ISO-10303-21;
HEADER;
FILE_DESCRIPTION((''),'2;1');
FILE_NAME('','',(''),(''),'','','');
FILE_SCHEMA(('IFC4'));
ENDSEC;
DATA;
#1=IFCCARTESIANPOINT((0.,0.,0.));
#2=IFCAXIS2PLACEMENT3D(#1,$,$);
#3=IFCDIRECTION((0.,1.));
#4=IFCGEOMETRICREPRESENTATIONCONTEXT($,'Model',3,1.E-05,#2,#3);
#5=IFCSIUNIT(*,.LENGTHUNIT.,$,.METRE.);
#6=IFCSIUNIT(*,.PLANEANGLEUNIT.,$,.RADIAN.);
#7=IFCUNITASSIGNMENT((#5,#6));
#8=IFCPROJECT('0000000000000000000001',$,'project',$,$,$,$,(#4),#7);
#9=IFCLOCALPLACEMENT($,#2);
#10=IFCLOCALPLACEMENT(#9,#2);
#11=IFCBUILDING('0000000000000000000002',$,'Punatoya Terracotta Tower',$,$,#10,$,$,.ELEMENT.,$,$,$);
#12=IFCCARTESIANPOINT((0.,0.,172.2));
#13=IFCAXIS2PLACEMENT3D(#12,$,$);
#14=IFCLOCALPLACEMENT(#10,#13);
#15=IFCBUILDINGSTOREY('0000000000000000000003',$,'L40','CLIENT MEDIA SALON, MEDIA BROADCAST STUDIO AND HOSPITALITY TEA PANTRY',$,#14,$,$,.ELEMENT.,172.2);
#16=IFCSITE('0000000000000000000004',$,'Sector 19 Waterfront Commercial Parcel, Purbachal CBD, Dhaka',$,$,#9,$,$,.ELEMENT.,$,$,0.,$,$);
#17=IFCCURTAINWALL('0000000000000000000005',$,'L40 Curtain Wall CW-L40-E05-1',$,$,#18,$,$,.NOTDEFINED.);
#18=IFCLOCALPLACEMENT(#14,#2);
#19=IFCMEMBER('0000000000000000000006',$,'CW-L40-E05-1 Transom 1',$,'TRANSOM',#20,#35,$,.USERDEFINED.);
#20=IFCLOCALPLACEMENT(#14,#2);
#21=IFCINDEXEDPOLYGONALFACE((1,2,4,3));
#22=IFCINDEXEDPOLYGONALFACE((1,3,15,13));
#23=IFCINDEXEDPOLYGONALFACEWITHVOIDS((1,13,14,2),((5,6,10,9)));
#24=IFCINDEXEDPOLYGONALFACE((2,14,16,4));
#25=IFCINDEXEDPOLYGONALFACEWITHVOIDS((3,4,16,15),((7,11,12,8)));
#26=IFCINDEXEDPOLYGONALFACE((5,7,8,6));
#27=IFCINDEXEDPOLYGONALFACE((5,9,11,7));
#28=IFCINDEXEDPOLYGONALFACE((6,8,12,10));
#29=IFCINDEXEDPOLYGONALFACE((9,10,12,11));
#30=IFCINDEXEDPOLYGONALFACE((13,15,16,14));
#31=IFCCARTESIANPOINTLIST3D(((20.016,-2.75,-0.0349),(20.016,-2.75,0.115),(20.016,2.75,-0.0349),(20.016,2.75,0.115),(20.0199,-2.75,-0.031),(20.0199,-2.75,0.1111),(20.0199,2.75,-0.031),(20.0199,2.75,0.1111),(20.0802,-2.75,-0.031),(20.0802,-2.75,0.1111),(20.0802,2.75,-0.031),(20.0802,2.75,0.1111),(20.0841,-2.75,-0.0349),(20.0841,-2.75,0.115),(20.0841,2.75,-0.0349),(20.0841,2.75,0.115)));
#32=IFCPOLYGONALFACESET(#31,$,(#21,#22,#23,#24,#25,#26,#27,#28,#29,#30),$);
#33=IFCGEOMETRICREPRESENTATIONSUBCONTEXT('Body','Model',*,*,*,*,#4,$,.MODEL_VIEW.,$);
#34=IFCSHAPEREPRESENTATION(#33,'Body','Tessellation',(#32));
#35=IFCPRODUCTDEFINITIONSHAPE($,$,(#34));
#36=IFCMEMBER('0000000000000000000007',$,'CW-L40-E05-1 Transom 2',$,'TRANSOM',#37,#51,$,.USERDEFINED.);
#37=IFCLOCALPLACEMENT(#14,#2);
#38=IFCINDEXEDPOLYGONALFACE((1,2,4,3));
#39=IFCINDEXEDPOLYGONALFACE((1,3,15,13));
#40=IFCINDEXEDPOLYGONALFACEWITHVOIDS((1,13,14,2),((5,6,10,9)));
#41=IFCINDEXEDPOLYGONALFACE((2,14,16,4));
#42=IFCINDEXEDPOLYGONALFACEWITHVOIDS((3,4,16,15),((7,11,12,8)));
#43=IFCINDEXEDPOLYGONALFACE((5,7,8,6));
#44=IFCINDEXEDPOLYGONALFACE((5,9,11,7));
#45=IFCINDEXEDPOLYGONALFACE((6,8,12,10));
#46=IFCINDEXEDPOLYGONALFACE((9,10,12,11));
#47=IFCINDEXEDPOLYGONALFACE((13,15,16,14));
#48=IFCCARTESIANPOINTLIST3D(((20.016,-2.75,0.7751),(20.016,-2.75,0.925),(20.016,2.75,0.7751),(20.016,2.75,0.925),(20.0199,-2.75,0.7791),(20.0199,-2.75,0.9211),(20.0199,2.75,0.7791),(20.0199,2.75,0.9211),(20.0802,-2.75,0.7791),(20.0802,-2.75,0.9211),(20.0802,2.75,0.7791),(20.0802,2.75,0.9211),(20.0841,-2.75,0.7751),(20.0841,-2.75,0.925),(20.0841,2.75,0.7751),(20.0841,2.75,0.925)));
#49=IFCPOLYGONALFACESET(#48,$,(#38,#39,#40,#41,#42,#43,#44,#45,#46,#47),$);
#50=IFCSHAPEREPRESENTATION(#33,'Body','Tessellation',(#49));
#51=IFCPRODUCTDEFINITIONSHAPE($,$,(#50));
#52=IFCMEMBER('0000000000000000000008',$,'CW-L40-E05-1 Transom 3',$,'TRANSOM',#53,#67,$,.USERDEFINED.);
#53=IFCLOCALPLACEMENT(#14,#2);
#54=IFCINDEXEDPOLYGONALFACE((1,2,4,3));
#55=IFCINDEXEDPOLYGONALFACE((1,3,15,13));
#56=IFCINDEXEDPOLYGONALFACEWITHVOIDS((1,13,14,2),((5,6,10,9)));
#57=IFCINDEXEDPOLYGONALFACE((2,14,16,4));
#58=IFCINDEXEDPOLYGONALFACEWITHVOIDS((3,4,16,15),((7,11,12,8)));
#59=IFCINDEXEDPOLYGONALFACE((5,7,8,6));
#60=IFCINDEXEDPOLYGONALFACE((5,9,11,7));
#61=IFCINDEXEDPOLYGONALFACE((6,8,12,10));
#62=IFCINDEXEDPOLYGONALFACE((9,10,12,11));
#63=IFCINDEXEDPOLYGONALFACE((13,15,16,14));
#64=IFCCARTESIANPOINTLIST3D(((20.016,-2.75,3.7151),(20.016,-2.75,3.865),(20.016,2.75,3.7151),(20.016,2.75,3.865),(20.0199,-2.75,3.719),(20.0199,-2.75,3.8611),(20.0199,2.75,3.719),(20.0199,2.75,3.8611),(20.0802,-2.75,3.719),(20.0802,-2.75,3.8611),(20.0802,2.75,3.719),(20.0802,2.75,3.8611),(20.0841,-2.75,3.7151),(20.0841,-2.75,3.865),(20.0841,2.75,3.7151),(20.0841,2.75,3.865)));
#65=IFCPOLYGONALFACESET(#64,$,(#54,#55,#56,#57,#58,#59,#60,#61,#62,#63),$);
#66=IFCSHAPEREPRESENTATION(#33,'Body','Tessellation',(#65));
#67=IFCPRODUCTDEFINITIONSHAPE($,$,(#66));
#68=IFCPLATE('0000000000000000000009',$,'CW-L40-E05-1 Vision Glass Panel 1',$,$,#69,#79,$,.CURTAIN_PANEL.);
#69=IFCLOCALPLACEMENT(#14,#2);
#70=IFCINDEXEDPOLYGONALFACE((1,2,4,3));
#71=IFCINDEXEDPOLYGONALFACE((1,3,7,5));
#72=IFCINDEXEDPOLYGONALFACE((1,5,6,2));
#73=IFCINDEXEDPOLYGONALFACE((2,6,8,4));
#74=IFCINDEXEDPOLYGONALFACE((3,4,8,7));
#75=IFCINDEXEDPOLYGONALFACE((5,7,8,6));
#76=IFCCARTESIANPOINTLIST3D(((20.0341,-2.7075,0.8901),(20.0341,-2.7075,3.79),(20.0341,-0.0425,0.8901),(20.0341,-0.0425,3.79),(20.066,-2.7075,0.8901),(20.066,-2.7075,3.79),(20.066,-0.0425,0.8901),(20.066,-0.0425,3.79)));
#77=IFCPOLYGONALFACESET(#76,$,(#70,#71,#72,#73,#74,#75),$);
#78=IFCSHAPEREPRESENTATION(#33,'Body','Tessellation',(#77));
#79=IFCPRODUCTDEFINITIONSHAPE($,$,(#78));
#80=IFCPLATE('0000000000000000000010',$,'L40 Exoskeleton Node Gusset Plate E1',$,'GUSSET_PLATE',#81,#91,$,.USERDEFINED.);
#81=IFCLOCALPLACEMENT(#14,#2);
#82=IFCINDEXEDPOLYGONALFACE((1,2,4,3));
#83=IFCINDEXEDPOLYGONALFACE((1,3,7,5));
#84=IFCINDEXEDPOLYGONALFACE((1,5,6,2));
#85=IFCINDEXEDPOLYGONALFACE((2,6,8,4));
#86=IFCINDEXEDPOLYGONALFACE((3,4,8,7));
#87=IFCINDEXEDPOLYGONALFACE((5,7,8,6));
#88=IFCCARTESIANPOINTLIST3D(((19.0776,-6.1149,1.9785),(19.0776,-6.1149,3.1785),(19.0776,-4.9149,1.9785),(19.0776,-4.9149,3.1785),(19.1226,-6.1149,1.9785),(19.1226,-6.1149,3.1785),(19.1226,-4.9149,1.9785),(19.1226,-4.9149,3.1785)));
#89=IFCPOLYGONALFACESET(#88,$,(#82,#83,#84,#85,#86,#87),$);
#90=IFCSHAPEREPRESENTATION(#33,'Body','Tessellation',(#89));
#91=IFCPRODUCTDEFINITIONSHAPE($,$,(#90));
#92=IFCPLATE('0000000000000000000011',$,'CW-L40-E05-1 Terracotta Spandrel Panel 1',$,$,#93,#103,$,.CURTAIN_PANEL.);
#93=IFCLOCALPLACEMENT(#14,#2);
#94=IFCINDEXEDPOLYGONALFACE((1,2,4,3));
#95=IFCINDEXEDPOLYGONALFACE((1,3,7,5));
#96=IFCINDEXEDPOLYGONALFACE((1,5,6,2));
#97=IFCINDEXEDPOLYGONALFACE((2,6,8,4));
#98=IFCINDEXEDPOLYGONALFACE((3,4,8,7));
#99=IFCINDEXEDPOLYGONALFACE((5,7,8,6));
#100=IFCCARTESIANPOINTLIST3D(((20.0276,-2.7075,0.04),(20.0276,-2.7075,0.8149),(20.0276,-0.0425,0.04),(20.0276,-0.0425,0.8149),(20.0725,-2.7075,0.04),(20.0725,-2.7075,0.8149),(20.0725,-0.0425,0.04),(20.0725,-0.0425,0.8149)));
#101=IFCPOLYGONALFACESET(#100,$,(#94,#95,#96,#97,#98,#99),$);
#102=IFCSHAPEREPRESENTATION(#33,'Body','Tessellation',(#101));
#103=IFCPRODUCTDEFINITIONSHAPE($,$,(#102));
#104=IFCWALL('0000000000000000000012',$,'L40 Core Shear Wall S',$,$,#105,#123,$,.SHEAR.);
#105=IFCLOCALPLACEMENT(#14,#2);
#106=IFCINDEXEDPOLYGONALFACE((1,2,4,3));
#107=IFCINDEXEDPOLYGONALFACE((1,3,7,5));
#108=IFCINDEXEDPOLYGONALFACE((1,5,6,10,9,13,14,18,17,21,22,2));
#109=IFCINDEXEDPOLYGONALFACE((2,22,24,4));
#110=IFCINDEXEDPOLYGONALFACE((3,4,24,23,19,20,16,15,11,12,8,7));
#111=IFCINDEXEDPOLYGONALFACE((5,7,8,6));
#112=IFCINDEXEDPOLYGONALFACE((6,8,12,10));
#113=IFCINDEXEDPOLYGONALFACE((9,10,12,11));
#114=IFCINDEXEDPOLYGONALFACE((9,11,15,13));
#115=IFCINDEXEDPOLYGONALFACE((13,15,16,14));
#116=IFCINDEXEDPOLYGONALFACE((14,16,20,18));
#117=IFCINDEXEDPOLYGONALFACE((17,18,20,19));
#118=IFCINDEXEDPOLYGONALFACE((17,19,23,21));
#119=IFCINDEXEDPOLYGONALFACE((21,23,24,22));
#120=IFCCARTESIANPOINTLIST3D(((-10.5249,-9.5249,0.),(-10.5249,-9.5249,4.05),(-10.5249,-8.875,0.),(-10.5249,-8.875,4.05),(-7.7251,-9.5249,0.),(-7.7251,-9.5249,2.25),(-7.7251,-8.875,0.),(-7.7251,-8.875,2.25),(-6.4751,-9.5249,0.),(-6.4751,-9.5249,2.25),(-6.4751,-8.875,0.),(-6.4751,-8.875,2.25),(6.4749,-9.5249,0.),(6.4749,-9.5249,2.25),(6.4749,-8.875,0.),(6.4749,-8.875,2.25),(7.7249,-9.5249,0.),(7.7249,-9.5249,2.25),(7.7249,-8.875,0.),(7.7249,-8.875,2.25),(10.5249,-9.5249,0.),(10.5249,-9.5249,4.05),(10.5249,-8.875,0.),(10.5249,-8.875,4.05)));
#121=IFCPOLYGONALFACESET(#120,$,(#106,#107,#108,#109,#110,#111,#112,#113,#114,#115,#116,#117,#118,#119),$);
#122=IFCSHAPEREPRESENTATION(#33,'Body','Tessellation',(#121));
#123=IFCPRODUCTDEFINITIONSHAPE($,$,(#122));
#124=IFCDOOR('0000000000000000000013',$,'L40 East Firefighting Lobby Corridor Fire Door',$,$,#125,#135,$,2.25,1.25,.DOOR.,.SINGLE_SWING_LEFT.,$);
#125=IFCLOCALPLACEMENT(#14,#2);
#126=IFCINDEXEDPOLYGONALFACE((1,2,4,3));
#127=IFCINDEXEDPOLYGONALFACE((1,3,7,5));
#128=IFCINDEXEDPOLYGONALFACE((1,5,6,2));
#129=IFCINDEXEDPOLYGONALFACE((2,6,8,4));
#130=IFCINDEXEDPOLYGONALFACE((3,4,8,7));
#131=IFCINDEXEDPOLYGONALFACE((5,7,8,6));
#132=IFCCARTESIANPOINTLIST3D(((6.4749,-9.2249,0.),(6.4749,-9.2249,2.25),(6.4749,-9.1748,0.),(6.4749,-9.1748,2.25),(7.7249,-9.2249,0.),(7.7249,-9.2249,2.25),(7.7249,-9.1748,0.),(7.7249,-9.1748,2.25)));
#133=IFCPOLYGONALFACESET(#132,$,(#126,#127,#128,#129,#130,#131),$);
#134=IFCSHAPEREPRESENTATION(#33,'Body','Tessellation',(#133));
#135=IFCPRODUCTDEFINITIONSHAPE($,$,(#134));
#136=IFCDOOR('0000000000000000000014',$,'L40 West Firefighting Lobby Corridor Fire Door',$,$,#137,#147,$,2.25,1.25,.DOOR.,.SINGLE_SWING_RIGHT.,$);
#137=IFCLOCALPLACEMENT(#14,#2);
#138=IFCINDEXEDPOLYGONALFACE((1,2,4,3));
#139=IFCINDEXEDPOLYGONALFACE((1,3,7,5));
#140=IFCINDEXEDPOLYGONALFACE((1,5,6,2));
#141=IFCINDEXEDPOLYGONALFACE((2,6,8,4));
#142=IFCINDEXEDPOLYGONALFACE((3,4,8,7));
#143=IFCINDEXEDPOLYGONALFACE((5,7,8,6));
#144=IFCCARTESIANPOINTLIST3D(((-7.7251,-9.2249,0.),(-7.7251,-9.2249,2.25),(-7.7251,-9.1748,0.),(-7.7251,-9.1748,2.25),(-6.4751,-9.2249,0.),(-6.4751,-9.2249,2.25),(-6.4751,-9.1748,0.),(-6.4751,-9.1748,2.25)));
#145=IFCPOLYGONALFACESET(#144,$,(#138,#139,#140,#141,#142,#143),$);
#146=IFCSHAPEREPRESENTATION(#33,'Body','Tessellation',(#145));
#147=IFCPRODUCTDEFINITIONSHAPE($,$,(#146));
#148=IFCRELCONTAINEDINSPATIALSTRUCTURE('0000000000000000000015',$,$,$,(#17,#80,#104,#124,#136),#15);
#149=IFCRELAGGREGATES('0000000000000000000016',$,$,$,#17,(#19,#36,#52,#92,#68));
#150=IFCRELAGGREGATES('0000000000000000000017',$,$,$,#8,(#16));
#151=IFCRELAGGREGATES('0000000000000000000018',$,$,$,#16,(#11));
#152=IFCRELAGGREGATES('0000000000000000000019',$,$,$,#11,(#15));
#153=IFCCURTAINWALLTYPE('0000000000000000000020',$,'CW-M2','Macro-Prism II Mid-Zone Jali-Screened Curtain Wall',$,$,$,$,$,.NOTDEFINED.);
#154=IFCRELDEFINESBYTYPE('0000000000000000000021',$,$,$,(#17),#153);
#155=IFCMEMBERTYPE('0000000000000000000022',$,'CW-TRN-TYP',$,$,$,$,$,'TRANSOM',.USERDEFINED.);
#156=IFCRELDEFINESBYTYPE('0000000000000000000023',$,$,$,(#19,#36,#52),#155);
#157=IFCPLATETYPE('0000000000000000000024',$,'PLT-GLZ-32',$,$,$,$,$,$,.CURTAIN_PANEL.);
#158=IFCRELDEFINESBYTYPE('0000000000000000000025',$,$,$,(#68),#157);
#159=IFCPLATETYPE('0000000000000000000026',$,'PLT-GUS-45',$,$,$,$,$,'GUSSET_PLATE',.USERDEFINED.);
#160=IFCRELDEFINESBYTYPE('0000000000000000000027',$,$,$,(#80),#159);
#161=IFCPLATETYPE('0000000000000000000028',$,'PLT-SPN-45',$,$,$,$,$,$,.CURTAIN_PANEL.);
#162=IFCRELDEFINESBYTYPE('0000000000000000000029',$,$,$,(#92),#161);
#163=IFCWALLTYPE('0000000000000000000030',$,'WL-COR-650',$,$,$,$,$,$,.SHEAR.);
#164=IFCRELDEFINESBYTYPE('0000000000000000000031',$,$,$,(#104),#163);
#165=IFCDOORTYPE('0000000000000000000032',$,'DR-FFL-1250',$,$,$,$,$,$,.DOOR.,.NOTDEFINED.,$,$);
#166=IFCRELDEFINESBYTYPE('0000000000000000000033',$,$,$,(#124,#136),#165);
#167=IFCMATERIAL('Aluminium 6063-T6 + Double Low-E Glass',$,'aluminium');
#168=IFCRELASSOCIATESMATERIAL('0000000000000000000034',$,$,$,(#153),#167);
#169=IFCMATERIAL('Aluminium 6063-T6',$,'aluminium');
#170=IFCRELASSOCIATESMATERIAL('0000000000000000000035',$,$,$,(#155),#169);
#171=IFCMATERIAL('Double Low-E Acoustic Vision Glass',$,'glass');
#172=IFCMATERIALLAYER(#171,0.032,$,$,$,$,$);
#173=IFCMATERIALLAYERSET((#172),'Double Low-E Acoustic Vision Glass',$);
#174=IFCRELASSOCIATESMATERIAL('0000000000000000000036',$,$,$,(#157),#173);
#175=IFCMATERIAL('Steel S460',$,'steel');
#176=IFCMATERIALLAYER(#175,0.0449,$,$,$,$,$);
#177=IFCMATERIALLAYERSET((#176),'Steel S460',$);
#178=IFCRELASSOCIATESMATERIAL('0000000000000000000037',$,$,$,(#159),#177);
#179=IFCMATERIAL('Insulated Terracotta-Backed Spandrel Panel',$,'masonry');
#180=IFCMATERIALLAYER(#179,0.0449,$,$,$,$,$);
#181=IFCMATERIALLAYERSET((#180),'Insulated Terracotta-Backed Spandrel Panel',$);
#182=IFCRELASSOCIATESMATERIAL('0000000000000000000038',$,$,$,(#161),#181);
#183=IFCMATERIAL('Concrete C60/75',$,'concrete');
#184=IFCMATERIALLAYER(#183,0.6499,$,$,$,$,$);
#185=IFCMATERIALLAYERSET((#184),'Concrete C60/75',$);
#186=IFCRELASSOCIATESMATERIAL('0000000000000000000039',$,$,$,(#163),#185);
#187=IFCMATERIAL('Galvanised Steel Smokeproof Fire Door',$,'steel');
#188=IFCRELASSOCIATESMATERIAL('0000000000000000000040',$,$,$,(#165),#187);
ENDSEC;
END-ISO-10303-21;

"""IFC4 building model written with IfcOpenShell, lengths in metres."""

from ifc_helpers import new_model, si_unit, direction, frame, frame_2d, origin, origin_2d, place, context, subcontext, project, spatial, rectangle, hollow_rectangle, extrude, material, layer, layer_set, material_profile, profile_set, type_object, element, fill, aggregate, save


model = new_model("IFC4")

# Units and contexts
model_context = context("Model", 3, precision=1e-05, world=origin(), true_north=direction((0.0, 1.0)))
body_context = subcontext(model_context, "Body", "Model", "MODEL_VIEW")
ifc_project = project(units=[si_unit("LENGTHUNIT", "METRE"), si_unit("PLANEANGLEUNIT", "RADIAN")], contexts=[model_context])

# Site, building, storey
site_placement = place(None, origin())
site = spatial("IfcSite", under=ifc_project, at=site_placement, Name="Sector 19 Waterfront Commercial Parcel, Purbachal CBD, Dhaka", CompositionType="ELEMENT", RefElevation=0.0)
building_placement = place(site_placement, origin())
building = spatial("IfcBuilding", under=site, at=building_placement, Name="Punatoya Terracotta Tower", CompositionType="ELEMENT")
storey_placement = place(building_placement, frame((0.0, 0.0, 172.2)))
storey = spatial("IfcBuildingStorey", under=building, at=storey_placement, Name="L40", Description="CLIENT MEDIA SALON, MEDIA BROADCAST STUDIO AND HOSPITALITY TEA PANTRY", CompositionType="ELEMENT", Elevation=172.2)

# Shared definitions
ifc_material_1 = material(Name="Steel S460", Category="steel")

# Curtain wall, members, plate
ifc_material_2 = material(Name="Aluminium 6063-T6 + Double Low-E Glass", Category="aluminium")
curtain_wall_type = type_object("IfcCurtainWallType", Name="CW-M2", Description="Macro-Prism II Mid-Zone Jali-Screened Curtain Wall", PredefinedType="NOTDEFINED", material=ifc_material_2)
curtain_wall_placement = place(storey_placement, origin())
curtain_wall = element("IfcCurtainWall", 1, at=curtain_wall_placement, inside=storey, type_object=curtain_wall_type, Name="L40 Curtain Wall CW-L40-E05-1", PredefinedType="NOTDEFINED")
ifc_material_3 = material(Name="Aluminium 6063-T6", Category="aluminium")
ifc_material_profile_1 = material_profile(ifc_material_3, hollow_rectangle(XDim=0.0681, YDim=0.1499, WallThickness=0.0039, at=origin_2d()))
ifc_profile_set_1 = profile_set([ifc_material_profile_1], Name="Aluminium 6063-T6")
member_type_1 = type_object("IfcMemberType", Name="CW-TRN-TYP", ElementType="TRANSOM", PredefinedType="USERDEFINED", material=ifc_profile_set_1)
member_1_placement = place(storey_placement, frame((20.05, -2.75, 0.04), z_axis=(0.0, 1.0, 0.0), x_axis=(-1.0, 0.0, 0.0)))
member_1 = element("IfcMember", 2, at=member_1_placement, type_object=member_type_1, Name="CW-L40-E05-1 Transom 1", ObjectType="TRANSOM", PredefinedType="USERDEFINED", context=body_context, shape_type="SweptSolid", body=[
    extrude(hollow_rectangle(XDim=0.0681, YDim=0.1499, WallThickness=0.0039, at=origin_2d()), origin(), (0.0, 0.0, 1.0), 5.5),
])
member_2_placement = place(storey_placement, frame((20.05, -2.75, 0.8501), z_axis=(0.0, 1.0, 0.0), x_axis=(-1.0, 0.0, 0.0)))
member_2 = element("IfcMember", 3, at=member_2_placement, type_object=member_type_1, Name="CW-L40-E05-1 Transom 2", ObjectType="TRANSOM", PredefinedType="USERDEFINED", context=body_context, shape_type="SweptSolid", body=[
    extrude(hollow_rectangle(XDim=0.0681, YDim=0.1499, WallThickness=0.0039, at=origin_2d()), origin(), (0.0, 0.0, 1.0), 5.5),
])
member_3_placement = place(storey_placement, frame((20.05, -2.75, 3.79), z_axis=(0.0, 1.0, 0.0), x_axis=(-1.0, 0.0, 0.0)))
member_3 = element("IfcMember", 4, at=member_3_placement, type_object=member_type_1, Name="CW-L40-E05-1 Transom 3", ObjectType="TRANSOM", PredefinedType="USERDEFINED", context=body_context, shape_type="SweptSolid", body=[
    extrude(hollow_rectangle(XDim=0.0681, YDim=0.1499, WallThickness=0.0039, at=origin_2d()), origin(), (0.0, 0.0, 1.0), 5.5),
])
ifc_material_4 = material(Name="Double Low-E Acoustic Vision Glass", Category="glass")
ifc_layer_1 = layer(ifc_material_4, 0.032)
ifc_layer_set_1 = layer_set([ifc_layer_1], Name="Double Low-E Acoustic Vision Glass")
plate_type_1 = type_object("IfcPlateType", Name="PLT-GLZ-32", PredefinedType="CURTAIN_PANEL", material=ifc_layer_set_1)
plate_1_placement = place(storey_placement, frame((20.05, -1.375, 0.8901), z_axis=(0.0, 0.0, 1.0), x_axis=(0.0, 1.0, 0.0)))
plate_1 = element("IfcPlate", 5, at=plate_1_placement, type_object=plate_type_1, Name="CW-L40-E05-1 Vision Glass Panel 1", PredefinedType="CURTAIN_PANEL", context=body_context, shape_type="SweptSolid", body=[
    extrude(rectangle(XDim=2.665, YDim=0.032, at=origin_2d()), origin(), (0.0, 0.0, 1.0), 2.8999),
])

# Plates
ifc_layer_2 = layer(ifc_material_1, 0.0449)
ifc_layer_set_2 = layer_set([ifc_layer_2], Name="Steel S460")
plate_type_2 = type_object("IfcPlateType", Name="PLT-GUS-45", ElementType="GUSSET_PLATE", PredefinedType="USERDEFINED", material=ifc_layer_set_2)
plate_2_placement = place(storey_placement, frame((19.1001, -5.5149, 1.9785), z_axis=(0.0, 0.0, 1.0), x_axis=(0.0, 1.0, 0.0)))
element("IfcPlate", 6, at=plate_2_placement, inside=storey, type_object=plate_type_2, Name="L40 Exoskeleton Node Gusset Plate E1", ObjectType="GUSSET_PLATE", PredefinedType="USERDEFINED", context=body_context, shape_type="SweptSolid", body=[
    extrude(rectangle(XDim=1.2, YDim=0.0449, at=origin_2d()), origin(), (0.0, 0.0, 1.0), 1.2),
])
ifc_material_5 = material(Name="Insulated Terracotta-Backed Spandrel Panel", Category="masonry")
ifc_layer_3 = layer(ifc_material_5, 0.0449)
ifc_layer_set_3 = layer_set([ifc_layer_3], Name="Insulated Terracotta-Backed Spandrel Panel")
plate_type_3 = type_object("IfcPlateType", Name="PLT-SPN-45", PredefinedType="CURTAIN_PANEL", material=ifc_layer_set_3)
plate_3_placement = place(storey_placement, frame((20.05, -1.375, 0.04), z_axis=(0.0, 0.0, 1.0), x_axis=(0.0, 1.0, 0.0)))
plate_3 = element("IfcPlate", 7, at=plate_3_placement, type_object=plate_type_3, Name="CW-L40-E05-1 Terracotta Spandrel Panel 1", PredefinedType="CURTAIN_PANEL", context=body_context, shape_type="SweptSolid", body=[
    extrude(rectangle(XDim=2.665, YDim=0.0449, at=origin_2d()), origin(), (0.0, 0.0, 1.0), 0.7749),
])
aggregate(curtain_wall, [member_1, member_2, member_3, plate_3, plate_1])

# Wall, openings, doors
ifc_material_6 = material(Name="Concrete C60/75", Category="concrete")
ifc_layer_4 = layer(ifc_material_6, 0.6499)
ifc_layer_set_4 = layer_set([ifc_layer_4], Name="Concrete C60/75")
wall_type_1 = type_object("IfcWallType", Name="WL-COR-650", PredefinedType="SHEAR", material=ifc_layer_set_4)
wall_1_placement = place(storey_placement, frame((10.5249, -9.2, 0.0), z_axis=(0.0, 0.0, 1.0), x_axis=(-1.0, 0.0, 0.0)))
wall_1 = element("IfcWall", 8, at=wall_1_placement, inside=storey, type_object=wall_type_1, Name="L40 Core Shear Wall S", PredefinedType="SHEAR", context=body_context, shape_type="SweptSolid", body=[
    extrude(rectangle(XDim=21.0498, YDim=0.6499, at=frame_2d((10.5249, 0.0))), origin(), (0.0, 0.0, 1.0), 4.05),
])
opening_1_placement = place(wall_1_placement, frame((2.8, 0.0, 0.0)))
opening_1 = element("IfcOpeningElement", 9, at=opening_1_placement, cuts=wall_1, PredefinedType="OPENING", context=body_context, shape_type="SweptSolid", body=[
    extrude(rectangle(XDim=1.25, YDim=2.25, at=frame_2d((0.625, 1.125))), frame((0.0, 0.335, 0.0), z_axis=(0.0, -1.0, 0.0), x_axis=(1.0, 0.0, 0.0)), (0.0, 0.0, 1.0), 0.6699),
])
opening_2_placement = place(wall_1_placement, frame((17.0, 0.0, 0.0)))
opening_2 = element("IfcOpeningElement", 10, at=opening_2_placement, cuts=wall_1, PredefinedType="OPENING", context=body_context, shape_type="SweptSolid", body=[
    extrude(rectangle(XDim=1.25, YDim=2.25, at=frame_2d((0.625, 1.125))), frame((0.0, 0.335, 0.0), z_axis=(0.0, -1.0, 0.0), x_axis=(1.0, 0.0, 0.0)), (0.0, 0.0, 1.0), 0.6699),
])
ifc_material_7 = material(Name="Galvanised Steel Smokeproof Fire Door", Category="steel")
door_type_1 = type_object("IfcDoorType", Name="DR-FFL-1250", OperationType="NOTDEFINED", PredefinedType="DOOR", material=ifc_material_7)
door_1_placement = place(opening_1_placement, origin())
door_1 = element("IfcDoor", 11, at=door_1_placement, inside=storey, type_object=door_type_1, Name="L40 East Firefighting Lobby Corridor Fire Door", OperationType="SINGLE_SWING_LEFT", OverallHeight=2.25, OverallWidth=1.25, PredefinedType="DOOR", context=body_context, shape_type="SweptSolid", body=[
    extrude(rectangle(XDim=1.25, YDim=2.25, at=frame_2d((0.625, 1.125))), frame((0.0, 0.0249, 0.0), z_axis=(0.0, -1.0, 0.0), x_axis=(1.0, 0.0, 0.0)), (0.0, 0.0, 1.0), 0.05),
])
fill(opening_1, door_1)
door_2_placement = place(opening_2_placement, origin())
door_2 = element("IfcDoor", 12, at=door_2_placement, inside=storey, type_object=door_type_1, Name="L40 West Firefighting Lobby Corridor Fire Door", OperationType="SINGLE_SWING_RIGHT", OverallHeight=2.25, OverallWidth=1.25, PredefinedType="DOOR", context=body_context, shape_type="SweptSolid", body=[
    extrude(rectangle(XDim=1.25, YDim=2.25, at=frame_2d((0.625, 1.125))), frame((0.0, 0.0249, 0.0), z_axis=(0.0, -1.0, 0.0), x_axis=(1.0, 0.0, 0.0)), (0.0, 0.0, 1.0), 0.05),
])
fill(opening_2, door_2)

save(model, "model.ifc")
